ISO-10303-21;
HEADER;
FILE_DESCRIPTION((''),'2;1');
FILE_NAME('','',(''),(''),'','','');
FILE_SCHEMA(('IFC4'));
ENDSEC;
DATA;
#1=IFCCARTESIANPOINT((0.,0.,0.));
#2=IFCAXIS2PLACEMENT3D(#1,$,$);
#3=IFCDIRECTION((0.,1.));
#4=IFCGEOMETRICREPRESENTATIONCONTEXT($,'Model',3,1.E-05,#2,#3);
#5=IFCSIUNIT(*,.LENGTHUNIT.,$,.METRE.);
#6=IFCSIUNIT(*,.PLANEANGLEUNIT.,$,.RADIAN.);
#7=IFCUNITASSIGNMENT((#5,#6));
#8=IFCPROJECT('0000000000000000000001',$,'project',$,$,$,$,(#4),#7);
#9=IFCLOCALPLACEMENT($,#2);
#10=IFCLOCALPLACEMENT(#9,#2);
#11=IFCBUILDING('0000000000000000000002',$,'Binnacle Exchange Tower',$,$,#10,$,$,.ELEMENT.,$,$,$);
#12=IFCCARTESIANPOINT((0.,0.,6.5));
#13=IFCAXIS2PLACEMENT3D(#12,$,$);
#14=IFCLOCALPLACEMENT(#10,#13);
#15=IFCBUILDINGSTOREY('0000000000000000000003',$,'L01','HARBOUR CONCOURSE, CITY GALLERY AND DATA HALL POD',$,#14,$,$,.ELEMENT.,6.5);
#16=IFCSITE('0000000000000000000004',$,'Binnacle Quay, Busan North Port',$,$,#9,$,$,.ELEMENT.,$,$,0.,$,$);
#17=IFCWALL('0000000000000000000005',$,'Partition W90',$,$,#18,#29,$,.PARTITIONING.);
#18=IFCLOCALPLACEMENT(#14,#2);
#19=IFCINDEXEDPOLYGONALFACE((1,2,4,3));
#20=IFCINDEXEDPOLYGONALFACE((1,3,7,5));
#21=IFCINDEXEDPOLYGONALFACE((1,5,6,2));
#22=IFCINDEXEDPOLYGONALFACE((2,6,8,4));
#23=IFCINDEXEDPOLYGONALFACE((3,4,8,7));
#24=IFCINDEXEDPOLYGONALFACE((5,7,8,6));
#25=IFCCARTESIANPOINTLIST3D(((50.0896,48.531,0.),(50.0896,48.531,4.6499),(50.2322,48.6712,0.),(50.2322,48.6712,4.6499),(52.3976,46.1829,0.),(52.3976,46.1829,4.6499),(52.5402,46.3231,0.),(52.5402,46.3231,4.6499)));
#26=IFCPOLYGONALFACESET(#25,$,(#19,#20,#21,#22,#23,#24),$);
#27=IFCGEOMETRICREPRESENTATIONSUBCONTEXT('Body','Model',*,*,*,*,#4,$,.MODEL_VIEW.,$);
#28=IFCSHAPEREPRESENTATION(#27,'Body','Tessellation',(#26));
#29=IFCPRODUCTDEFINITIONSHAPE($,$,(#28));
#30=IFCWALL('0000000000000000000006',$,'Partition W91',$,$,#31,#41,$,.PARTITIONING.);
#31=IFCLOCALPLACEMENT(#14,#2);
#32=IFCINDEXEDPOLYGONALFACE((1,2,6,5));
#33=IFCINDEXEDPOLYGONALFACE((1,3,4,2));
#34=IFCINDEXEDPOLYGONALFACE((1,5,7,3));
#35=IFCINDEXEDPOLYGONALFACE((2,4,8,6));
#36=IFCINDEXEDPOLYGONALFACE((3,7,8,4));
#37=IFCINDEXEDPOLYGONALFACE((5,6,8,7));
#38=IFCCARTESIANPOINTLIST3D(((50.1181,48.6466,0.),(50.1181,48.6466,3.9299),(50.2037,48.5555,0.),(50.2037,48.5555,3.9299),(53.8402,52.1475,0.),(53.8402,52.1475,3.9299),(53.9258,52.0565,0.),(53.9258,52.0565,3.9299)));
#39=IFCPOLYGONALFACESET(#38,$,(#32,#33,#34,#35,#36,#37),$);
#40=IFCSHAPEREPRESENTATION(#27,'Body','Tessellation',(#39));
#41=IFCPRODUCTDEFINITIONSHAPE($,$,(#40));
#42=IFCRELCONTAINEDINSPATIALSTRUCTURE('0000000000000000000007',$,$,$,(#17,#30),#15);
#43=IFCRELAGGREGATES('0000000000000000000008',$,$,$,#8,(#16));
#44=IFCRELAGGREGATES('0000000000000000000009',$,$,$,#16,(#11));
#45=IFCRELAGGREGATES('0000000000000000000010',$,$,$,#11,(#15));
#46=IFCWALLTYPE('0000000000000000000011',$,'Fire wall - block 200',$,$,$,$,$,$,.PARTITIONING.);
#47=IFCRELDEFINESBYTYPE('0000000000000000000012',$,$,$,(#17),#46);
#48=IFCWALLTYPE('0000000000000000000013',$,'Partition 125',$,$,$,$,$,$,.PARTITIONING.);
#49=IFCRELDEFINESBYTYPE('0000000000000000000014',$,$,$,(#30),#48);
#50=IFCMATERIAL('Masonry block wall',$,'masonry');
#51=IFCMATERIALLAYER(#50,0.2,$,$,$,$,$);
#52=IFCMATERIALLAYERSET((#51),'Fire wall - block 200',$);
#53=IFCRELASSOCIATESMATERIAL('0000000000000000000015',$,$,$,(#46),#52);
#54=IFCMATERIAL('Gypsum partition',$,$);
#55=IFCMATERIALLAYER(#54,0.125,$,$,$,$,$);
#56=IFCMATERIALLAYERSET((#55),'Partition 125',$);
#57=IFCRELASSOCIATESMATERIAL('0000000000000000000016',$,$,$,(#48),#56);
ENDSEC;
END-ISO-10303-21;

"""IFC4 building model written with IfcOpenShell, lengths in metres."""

from ifc_helpers import new_model, si_unit, direction, frame, frame_2d, origin, place, context, subcontext, project, spatial, rectangle, extrude, material, layer, layer_set, type_object, element, save


model = new_model("IFC4")

# Units and contexts
model_context = context("Model", 3, precision=1e-05, world=origin(), true_north=direction((0.0, 1.0)))
body_context = subcontext(model_context, "Body", "Model", "MODEL_VIEW")
ifc_project = project(units=[si_unit("LENGTHUNIT", "METRE"), si_unit("PLANEANGLEUNIT", "RADIAN")], contexts=[model_context])

# Site, building, storey
site_placement = place(None, origin())
site = spatial("IfcSite", under=ifc_project, at=site_placement, Name="Binnacle Quay, Busan North Port", CompositionType="ELEMENT", RefElevation=0.0)
building_placement = place(site_placement, origin())
building = spatial("IfcBuilding", under=site, at=building_placement, Name="Binnacle Exchange Tower", CompositionType="ELEMENT")
storey_placement = place(building_placement, frame((0.0, 0.0, 6.5)))
storey = spatial("IfcBuildingStorey", under=building, at=storey_placement, Name="L01", Description="HARBOUR CONCOURSE, CITY GALLERY AND DATA HALL POD", CompositionType="ELEMENT", Elevation=6.5)

# Walls
ifc_material_1 = material(Name="Masonry block wall", Category="masonry")
ifc_layer_1 = layer(ifc_material_1, 0.2)
ifc_layer_set_1 = layer_set([ifc_layer_1], Name="Fire wall - block 200")
wall_type_1 = type_object("IfcWallType", Name="Fire wall - block 200", PredefinedType="PARTITIONING", material=ifc_layer_set_1)
wall_1_placement = place(storey_placement, frame((50.1609, 48.6011, 0.0), z_axis=(0.0, 0.0, 1.0), x_axis=(0.701, -0.713161, 0.0)))
element("IfcWall", 1, at=wall_1_placement, inside=storey, type_object=wall_type_1, Name="Partition W90", PredefinedType="PARTITIONING", context=body_context, shape_type="SweptSolid", body=[
    extrude(rectangle(XDim=3.2925, YDim=0.2, at=frame_2d((1.6462, 0.0))), origin(), (0.0, 0.0, 1.0), 4.6499),
])
ifc_material_2 = material(Name="Gypsum partition")
ifc_layer_2 = layer(ifc_material_2, 0.125)
ifc_layer_set_2 = layer_set([ifc_layer_2], Name="Partition 125")
wall_type_2 = type_object("IfcWallType", Name="Partition 125", PredefinedType="PARTITIONING", material=ifc_layer_set_2)
wall_2_placement = place(storey_placement, frame((50.1609, 48.6011, 0.0), z_axis=(0.0, 0.0, 1.0), x_axis=(0.728419, 0.685132, 0.0)))
element("IfcWall", 2, at=wall_2_placement, inside=storey, type_object=wall_type_2, Name="Partition W91", PredefinedType="PARTITIONING", context=body_context, shape_type="SweptSolid", body=[
    extrude(rectangle(XDim=5.1099, YDim=0.125, at=frame_2d((2.5549, 0.0))), origin(), (0.0, 0.0, 1.0), 3.9299),
])

save(model, "model.ifc")
